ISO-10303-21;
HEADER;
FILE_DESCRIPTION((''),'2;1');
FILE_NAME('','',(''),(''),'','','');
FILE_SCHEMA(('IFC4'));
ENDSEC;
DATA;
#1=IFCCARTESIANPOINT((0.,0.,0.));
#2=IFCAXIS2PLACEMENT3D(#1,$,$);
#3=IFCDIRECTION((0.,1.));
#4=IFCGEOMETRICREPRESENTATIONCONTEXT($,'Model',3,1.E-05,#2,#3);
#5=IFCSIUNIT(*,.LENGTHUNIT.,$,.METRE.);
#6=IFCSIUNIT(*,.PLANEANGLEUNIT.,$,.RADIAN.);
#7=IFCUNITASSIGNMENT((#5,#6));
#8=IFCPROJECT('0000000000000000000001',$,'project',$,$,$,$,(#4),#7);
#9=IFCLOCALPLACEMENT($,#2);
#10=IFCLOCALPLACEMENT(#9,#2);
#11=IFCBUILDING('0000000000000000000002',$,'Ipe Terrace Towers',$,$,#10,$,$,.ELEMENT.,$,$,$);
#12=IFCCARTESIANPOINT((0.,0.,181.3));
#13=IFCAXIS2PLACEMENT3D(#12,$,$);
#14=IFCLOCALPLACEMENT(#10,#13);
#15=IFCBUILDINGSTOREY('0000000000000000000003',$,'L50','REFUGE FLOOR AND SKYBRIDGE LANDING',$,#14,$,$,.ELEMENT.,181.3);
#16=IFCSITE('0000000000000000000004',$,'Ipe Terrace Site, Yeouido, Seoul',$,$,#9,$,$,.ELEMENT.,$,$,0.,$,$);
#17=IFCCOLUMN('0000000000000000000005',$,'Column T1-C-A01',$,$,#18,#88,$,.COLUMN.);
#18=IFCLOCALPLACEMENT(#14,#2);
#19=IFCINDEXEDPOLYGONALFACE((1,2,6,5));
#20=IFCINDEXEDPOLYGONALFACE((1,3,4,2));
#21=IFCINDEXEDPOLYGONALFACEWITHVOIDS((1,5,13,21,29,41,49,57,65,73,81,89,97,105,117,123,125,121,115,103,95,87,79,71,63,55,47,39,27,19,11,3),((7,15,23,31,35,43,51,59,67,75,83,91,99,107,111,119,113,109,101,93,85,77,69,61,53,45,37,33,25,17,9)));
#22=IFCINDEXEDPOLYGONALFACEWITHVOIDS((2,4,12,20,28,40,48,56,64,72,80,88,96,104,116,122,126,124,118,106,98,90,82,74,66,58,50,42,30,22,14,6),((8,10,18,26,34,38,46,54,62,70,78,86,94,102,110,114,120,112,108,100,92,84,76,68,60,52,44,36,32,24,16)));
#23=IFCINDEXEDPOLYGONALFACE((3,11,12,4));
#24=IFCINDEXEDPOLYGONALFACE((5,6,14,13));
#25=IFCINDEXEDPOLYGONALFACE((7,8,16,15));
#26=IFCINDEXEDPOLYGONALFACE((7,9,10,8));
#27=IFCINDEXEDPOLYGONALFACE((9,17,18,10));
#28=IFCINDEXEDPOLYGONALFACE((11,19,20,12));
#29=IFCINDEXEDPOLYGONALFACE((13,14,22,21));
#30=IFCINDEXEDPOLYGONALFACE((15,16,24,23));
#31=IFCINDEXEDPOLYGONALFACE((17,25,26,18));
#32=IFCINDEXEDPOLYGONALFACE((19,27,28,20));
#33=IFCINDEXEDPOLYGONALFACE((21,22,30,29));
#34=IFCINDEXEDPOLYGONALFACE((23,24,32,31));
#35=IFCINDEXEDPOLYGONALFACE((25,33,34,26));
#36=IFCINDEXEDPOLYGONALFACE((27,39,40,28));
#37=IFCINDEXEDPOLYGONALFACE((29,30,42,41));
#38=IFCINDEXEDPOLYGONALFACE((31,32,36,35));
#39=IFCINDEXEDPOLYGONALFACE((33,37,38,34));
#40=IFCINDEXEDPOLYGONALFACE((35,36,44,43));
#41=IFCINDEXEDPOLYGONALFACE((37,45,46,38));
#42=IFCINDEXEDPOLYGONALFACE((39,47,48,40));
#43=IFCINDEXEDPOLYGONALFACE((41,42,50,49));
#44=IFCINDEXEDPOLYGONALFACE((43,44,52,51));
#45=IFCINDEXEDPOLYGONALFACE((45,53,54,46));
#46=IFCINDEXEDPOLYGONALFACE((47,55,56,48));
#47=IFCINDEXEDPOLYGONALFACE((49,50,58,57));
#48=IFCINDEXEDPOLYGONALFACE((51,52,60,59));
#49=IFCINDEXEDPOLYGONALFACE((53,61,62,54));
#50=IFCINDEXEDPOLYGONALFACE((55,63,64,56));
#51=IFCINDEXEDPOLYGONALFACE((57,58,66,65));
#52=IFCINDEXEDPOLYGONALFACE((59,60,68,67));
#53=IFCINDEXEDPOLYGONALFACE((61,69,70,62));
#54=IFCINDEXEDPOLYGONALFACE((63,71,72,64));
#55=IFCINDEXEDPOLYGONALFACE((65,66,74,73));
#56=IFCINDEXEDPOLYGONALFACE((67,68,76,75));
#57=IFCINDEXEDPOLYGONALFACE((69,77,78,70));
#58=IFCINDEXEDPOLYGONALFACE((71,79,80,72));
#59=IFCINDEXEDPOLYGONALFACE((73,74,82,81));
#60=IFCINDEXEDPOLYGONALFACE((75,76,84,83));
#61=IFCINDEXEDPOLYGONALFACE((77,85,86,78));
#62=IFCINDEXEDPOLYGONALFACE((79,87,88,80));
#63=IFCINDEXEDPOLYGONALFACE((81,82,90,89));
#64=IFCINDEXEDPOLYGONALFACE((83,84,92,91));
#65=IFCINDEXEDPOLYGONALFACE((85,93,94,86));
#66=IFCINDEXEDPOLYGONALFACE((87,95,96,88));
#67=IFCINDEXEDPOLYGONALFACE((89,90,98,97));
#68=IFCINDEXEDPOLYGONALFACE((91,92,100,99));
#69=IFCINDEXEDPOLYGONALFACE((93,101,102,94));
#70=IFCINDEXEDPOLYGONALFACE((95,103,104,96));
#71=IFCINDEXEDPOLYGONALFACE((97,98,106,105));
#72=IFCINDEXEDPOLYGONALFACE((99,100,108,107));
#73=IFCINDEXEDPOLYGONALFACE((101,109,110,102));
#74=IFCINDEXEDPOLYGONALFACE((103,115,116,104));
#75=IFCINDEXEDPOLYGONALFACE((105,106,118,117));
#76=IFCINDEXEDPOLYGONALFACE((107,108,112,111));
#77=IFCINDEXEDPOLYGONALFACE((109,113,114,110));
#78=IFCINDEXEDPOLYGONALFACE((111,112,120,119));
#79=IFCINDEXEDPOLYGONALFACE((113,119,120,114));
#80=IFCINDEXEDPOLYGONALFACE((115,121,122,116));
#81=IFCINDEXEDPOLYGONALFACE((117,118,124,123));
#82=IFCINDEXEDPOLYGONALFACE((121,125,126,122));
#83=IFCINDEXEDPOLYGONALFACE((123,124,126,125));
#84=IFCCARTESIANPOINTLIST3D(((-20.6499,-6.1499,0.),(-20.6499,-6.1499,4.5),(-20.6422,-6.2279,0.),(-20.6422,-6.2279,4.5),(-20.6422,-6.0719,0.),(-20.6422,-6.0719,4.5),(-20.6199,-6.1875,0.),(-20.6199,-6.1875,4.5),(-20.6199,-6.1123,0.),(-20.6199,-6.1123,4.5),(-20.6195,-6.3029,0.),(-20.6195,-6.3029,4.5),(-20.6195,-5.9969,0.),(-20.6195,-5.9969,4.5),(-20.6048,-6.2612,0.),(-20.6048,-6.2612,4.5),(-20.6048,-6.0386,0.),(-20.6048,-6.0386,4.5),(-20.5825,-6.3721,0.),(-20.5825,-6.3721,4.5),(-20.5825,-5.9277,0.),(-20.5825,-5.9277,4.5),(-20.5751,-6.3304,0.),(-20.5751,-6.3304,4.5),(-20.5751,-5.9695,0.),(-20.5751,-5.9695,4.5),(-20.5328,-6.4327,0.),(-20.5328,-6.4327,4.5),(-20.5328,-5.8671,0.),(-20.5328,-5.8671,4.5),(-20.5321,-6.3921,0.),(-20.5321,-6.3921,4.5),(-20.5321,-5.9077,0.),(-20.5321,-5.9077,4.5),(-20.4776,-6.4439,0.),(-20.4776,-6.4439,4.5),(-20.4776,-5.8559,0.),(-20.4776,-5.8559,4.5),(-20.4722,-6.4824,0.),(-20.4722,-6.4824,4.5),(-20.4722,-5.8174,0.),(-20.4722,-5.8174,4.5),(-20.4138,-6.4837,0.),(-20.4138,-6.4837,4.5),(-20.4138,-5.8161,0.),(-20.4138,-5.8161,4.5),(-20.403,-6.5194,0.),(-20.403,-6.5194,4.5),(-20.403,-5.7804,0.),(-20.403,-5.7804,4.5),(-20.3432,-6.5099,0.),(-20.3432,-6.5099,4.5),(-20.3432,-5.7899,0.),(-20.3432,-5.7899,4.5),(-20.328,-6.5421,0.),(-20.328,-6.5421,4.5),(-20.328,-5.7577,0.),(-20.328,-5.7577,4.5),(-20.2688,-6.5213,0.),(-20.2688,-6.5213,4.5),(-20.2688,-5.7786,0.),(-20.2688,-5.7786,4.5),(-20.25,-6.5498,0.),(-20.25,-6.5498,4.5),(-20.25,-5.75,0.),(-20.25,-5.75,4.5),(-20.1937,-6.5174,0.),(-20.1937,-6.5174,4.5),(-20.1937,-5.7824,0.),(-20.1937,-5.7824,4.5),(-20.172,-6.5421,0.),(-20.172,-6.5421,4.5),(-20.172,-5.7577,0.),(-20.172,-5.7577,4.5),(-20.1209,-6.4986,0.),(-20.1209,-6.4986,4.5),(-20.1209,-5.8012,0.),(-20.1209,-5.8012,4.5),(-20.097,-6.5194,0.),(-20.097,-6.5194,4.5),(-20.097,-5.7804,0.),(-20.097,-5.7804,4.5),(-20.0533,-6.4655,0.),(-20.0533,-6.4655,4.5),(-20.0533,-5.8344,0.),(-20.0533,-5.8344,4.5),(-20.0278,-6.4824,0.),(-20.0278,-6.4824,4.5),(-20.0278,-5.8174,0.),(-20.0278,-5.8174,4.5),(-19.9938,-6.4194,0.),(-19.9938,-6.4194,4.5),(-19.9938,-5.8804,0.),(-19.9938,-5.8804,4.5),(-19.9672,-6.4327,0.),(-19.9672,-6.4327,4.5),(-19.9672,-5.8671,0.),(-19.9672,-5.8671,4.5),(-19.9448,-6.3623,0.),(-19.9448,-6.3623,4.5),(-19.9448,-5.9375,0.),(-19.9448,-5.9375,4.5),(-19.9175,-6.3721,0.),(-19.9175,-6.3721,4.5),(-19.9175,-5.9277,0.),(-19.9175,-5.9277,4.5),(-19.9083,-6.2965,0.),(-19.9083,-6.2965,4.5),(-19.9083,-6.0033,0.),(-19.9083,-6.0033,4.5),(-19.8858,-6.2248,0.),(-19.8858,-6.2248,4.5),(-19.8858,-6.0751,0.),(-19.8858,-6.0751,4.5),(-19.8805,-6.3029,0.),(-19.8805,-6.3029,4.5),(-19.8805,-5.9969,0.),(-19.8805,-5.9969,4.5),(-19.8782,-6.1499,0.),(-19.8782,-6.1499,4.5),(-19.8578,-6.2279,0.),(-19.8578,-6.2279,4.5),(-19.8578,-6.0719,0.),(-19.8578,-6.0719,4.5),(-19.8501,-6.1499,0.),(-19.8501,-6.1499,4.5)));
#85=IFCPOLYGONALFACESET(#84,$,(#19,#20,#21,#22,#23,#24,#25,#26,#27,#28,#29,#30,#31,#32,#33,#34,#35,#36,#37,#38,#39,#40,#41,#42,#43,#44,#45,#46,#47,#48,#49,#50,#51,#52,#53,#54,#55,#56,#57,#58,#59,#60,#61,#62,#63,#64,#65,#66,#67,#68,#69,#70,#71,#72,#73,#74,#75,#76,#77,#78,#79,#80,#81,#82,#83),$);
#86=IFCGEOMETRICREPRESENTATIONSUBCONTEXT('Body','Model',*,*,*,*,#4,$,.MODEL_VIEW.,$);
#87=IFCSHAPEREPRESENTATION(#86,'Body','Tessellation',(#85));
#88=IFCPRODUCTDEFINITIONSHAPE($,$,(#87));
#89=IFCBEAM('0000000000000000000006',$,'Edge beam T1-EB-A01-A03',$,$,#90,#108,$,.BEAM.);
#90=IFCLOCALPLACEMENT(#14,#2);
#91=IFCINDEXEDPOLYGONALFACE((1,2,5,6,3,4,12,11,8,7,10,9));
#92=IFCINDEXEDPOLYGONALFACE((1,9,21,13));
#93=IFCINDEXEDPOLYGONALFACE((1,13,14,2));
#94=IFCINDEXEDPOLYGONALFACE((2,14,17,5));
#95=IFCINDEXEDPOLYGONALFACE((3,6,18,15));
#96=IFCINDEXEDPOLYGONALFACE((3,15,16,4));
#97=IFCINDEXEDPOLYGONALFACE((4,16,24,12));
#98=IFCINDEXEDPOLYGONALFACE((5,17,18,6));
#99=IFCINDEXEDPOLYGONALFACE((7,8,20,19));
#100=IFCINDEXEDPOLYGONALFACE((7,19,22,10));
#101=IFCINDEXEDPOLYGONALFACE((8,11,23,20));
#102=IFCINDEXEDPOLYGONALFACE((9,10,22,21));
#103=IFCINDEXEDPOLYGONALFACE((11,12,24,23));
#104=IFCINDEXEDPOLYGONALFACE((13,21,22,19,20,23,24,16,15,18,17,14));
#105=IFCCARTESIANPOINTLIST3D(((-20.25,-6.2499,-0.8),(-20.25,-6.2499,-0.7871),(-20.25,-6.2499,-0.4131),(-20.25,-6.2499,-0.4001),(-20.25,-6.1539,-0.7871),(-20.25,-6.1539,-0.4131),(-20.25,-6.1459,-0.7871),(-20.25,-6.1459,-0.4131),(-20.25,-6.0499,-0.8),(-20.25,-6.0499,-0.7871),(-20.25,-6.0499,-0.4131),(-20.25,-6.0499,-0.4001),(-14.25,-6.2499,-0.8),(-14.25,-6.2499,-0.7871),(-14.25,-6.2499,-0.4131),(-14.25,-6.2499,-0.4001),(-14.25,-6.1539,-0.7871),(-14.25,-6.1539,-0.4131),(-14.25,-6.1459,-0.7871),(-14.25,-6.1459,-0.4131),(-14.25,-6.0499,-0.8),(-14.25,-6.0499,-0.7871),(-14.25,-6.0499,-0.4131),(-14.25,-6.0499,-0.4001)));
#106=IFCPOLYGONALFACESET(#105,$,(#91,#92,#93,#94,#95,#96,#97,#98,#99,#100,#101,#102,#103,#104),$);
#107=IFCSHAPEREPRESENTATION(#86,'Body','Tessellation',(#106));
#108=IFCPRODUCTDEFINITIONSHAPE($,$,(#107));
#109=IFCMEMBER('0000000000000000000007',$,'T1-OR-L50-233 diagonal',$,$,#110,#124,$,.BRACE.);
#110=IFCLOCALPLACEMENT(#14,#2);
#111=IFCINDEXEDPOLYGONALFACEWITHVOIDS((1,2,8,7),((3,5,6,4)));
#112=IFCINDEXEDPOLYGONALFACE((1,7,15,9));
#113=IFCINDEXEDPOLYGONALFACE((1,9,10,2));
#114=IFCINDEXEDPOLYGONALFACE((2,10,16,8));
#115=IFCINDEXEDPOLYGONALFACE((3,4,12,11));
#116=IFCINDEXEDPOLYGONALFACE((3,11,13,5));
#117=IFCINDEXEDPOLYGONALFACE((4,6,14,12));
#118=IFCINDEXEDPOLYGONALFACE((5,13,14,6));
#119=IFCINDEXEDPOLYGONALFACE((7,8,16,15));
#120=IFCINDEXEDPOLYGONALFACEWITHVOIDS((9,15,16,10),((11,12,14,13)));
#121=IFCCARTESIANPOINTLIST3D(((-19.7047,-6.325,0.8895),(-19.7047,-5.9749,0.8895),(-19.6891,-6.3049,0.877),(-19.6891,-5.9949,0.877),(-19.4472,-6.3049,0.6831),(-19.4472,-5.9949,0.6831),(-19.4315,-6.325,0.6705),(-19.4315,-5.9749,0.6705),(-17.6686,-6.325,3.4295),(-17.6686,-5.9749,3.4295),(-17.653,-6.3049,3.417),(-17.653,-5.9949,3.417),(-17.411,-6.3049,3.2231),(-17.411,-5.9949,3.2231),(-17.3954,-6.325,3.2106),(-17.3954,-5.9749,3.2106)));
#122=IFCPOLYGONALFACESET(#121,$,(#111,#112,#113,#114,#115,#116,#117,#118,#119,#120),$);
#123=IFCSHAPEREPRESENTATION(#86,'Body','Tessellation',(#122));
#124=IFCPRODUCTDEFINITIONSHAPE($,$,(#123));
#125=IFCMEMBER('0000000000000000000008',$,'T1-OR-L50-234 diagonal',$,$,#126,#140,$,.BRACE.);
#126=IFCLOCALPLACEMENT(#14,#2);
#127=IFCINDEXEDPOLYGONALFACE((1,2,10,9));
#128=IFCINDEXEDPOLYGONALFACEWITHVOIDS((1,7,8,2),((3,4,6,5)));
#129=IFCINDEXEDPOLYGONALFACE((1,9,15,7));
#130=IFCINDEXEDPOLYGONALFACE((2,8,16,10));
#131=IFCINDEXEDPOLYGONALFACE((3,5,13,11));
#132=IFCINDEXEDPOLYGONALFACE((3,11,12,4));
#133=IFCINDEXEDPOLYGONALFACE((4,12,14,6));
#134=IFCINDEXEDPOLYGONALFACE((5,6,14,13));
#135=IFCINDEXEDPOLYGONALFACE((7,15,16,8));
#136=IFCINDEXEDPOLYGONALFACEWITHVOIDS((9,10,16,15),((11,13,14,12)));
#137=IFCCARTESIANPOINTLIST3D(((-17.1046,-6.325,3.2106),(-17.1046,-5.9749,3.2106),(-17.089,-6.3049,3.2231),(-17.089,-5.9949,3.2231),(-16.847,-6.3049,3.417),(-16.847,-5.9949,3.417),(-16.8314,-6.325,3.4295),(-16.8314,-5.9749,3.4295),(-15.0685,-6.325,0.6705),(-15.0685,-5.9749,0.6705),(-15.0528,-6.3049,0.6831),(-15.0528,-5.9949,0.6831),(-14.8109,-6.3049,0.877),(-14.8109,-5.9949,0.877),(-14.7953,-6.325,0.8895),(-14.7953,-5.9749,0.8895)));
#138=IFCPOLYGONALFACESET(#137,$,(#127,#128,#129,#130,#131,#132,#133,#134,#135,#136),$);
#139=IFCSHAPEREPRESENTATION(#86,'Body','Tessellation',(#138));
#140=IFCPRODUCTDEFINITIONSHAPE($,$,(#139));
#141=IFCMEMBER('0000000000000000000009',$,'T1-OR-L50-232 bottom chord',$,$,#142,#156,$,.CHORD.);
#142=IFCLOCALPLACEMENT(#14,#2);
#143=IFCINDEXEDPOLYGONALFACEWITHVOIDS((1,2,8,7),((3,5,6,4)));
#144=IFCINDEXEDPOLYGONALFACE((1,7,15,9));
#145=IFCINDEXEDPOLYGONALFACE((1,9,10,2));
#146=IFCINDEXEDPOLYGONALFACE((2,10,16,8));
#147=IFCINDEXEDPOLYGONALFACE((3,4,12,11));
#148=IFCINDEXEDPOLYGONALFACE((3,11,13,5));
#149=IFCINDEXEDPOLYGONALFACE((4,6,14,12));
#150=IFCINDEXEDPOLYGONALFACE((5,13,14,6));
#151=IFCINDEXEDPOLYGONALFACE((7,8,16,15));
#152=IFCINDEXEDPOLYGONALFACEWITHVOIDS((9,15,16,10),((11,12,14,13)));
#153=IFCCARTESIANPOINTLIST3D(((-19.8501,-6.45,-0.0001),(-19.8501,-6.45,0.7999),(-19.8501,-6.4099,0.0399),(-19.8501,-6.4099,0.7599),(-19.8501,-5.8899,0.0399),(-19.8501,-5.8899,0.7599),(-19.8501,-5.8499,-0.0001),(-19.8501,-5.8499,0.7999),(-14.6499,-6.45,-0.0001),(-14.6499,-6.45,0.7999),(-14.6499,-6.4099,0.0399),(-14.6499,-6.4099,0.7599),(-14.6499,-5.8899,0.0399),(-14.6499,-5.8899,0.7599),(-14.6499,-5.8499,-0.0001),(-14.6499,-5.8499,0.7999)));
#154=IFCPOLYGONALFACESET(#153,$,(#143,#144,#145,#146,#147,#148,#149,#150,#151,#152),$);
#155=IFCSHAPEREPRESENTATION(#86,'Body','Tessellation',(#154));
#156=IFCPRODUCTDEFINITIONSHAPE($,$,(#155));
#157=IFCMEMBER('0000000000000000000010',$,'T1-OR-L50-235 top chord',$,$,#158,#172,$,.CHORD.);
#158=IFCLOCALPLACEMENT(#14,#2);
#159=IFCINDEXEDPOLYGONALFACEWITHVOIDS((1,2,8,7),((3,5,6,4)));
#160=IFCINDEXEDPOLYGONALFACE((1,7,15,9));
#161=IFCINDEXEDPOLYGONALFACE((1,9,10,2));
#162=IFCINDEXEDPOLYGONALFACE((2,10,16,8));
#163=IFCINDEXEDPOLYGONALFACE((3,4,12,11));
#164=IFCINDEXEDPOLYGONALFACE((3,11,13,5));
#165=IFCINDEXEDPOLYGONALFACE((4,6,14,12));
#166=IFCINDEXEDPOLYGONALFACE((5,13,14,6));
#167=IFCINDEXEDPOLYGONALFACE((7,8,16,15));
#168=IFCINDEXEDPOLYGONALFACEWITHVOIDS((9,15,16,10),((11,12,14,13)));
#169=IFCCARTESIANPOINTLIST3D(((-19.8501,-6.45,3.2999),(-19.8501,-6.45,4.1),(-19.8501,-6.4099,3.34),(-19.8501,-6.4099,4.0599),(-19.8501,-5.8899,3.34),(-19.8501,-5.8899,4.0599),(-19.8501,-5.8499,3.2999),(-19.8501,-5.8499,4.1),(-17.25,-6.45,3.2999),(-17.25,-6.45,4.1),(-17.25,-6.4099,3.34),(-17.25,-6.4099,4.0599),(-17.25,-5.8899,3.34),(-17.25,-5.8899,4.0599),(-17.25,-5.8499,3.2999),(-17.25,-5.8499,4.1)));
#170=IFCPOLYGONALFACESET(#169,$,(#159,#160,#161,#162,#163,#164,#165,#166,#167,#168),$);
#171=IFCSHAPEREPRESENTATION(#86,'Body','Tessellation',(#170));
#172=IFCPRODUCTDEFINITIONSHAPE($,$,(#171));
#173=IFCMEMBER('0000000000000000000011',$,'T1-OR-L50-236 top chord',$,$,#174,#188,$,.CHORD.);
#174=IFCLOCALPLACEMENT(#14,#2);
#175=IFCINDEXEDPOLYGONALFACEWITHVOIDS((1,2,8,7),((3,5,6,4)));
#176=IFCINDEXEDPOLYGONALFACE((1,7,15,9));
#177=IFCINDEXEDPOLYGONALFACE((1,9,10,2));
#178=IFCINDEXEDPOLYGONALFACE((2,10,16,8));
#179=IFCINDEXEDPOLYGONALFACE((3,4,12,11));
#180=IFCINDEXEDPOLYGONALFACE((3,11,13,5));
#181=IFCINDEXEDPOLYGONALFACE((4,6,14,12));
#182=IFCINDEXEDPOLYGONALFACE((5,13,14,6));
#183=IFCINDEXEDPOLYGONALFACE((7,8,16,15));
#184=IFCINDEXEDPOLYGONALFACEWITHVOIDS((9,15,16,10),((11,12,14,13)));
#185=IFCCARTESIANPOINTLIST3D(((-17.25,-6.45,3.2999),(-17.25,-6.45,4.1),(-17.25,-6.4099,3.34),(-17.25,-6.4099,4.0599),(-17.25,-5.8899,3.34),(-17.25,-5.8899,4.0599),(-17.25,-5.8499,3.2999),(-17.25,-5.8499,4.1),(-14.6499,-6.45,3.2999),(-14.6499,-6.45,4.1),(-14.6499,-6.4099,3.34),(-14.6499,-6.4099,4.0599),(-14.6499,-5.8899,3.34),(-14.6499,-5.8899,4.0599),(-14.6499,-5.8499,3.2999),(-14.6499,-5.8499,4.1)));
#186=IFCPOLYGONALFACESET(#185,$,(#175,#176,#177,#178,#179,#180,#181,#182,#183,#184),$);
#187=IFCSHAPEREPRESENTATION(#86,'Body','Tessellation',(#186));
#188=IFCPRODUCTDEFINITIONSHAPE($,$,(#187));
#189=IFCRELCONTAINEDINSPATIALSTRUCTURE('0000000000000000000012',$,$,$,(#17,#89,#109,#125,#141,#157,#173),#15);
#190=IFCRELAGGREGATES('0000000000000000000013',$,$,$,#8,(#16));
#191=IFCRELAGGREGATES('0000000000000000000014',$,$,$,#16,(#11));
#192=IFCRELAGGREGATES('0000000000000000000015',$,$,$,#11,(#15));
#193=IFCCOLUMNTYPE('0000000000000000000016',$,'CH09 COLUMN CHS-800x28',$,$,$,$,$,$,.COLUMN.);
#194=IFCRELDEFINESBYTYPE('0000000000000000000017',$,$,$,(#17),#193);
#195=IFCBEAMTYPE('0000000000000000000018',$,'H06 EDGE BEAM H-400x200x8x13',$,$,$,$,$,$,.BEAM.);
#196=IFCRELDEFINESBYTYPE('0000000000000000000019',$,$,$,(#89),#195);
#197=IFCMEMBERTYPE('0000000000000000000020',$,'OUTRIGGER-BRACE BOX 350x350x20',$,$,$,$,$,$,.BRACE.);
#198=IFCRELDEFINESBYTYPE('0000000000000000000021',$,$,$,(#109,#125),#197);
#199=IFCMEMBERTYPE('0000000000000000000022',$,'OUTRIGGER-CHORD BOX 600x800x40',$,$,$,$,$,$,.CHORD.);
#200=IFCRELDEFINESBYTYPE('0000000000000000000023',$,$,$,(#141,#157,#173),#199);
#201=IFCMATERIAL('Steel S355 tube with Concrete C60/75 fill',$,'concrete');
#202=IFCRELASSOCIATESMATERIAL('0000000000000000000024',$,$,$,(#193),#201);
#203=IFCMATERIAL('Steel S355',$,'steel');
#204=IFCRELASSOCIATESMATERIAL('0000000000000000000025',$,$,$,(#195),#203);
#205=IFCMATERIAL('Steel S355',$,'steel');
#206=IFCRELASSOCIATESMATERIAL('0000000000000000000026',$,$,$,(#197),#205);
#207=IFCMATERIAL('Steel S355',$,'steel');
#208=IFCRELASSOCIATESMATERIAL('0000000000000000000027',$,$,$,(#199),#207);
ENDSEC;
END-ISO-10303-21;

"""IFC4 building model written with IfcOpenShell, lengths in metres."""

from ifc_helpers import new_model, si_unit, direction, frame, origin, origin_2d, place, context, subcontext, project, spatial, hollow_rectangle, hollow_circle, i_section, extrude, material, material_profile, profile_set, type_object, element, save


model = new_model("IFC4")

# Units and contexts
model_context = context("Model", 3, precision=1e-05, world=origin(), true_north=direction((0.0, 1.0)))
body_context = subcontext(model_context, "Body", "Model", "MODEL_VIEW")
ifc_project = project(units=[si_unit("LENGTHUNIT", "METRE"), si_unit("PLANEANGLEUNIT", "RADIAN")], contexts=[model_context])

# Site, building, storey
site_placement = place(None, origin())
site = spatial("IfcSite", under=ifc_project, at=site_placement, Name="Ipe Terrace Site, Yeouido, Seoul", CompositionType="ELEMENT", RefElevation=0.0)
building_placement = place(site_placement, origin())
building = spatial("IfcBuilding", under=site, at=building_placement, Name="Ipe Terrace Towers", CompositionType="ELEMENT")
storey_placement = place(building_placement, frame((0.0, 0.0, 181.3)))
storey = spatial("IfcBuildingStorey", under=building, at=storey_placement, Name="L50", Description="REFUGE FLOOR AND SKYBRIDGE LANDING", CompositionType="ELEMENT", Elevation=181.3)

# Column
ifc_material_1 = material(Name="Steel S355 tube with Concrete C60/75 fill", Category="concrete")
ifc_material_profile_1 = material_profile(ifc_material_1, hollow_circle(Radius=0.3999, WallThickness=0.0281, at=origin_2d()), Name="CHS-800x28")
ifc_profile_set_1 = profile_set([ifc_material_profile_1], Name="Steel S355 tube with Concrete C60/75 fill")
column_type = type_object("IfcColumnType", Name="CH09 COLUMN CHS-800x28", PredefinedType="COLUMN", material=ifc_profile_set_1)
column_placement = place(storey_placement, frame((-20.25, -6.1499, 0.0), z_axis=(0.0, 0.0, 1.0), x_axis=(1.0, 0.0, 0.0)))
element("IfcColumn", 1, at=column_placement, inside=storey, type_object=column_type, Name="Column T1-C-A01", PredefinedType="COLUMN", context=body_context, shape_type="SweptSolid", body=[
    extrude(hollow_circle(Radius=0.3999, WallThickness=0.0281, at=origin_2d()), origin(), (0.0, 0.0, 1.0), 4.5),
])

# Beam
ifc_material_2 = material(Name="Steel S355", Category="steel")
ifc_material_profile_2 = material_profile(ifc_material_2, i_section(OverallWidth=0.2, OverallDepth=0.3999, WebThickness=0.0081, FlangeThickness=0.0129, at=origin_2d()), Name="H-400x200x8x13")
ifc_profile_set_2 = profile_set([ifc_material_profile_2], Name="Steel S355")
beam_type = type_object("IfcBeamType", Name="H06 EDGE BEAM H-400x200x8x13", PredefinedType="BEAM", material=ifc_profile_set_2)
beam_placement = place(storey_placement, frame((-20.25, -6.1499, -0.6001), z_axis=(1.0, 0.0, 0.0), x_axis=(0.0, 1.0, 0.0)))
element("IfcBeam", 2, at=beam_placement, inside=storey, type_object=beam_type, Name="Edge beam T1-EB-A01-A03", PredefinedType="BEAM", context=body_context, shape_type="SweptSolid", body=[
    extrude(i_section(OverallWidth=0.2, OverallDepth=0.3999, WebThickness=0.0081, FlangeThickness=0.0129, at=origin_2d()), origin(), (0.0, 0.0, 1.0), 6.0),
])

# Members
ifc_material_3 = material(Name="Steel S355", Category="steel")
ifc_material_profile_3 = material_profile(ifc_material_3, hollow_rectangle(XDim=0.3501, YDim=0.3501, WallThickness=0.02, at=origin_2d()), Name="OUTRIGGER-BRACE BOX 350x350x20")
ifc_profile_set_3 = profile_set([ifc_material_profile_3], Name="Steel S355")
member_type_1 = type_object("IfcMemberType", Name="OUTRIGGER-BRACE BOX 350x350x20", PredefinedType="BRACE", material=ifc_profile_set_3)
for number, where, z_axis, x_axis, name in (
    (3, (-19.5681, -6.1499, 0.78), (0.625463, 0.0, 0.780254), (0.0, 1.0, 0.0), "T1-OR-L50-233 diagonal"),
    (4, (-14.9319, -6.1499, 0.78), (-0.625463, 0.0, 0.780254), (0.0, -1.0, 0.0), "T1-OR-L50-234 diagonal"),
):
    element("IfcMember", number, at=place(storey_placement, frame(where, z_axis=z_axis, x_axis=x_axis)), inside=storey, type_object=member_type_1, Name=name, PredefinedType="BRACE", context=body_context, shape_type="SweptSolid", body=[
        extrude(hollow_rectangle(XDim=0.3501, YDim=0.3501, WallThickness=0.02, at=origin_2d()), origin(), (0.0, 0.0, 1.0), 3.2554),
    ])
ifc_material_4 = material(Name="Steel S355", Category="steel")
ifc_material_profile_4 = material_profile(ifc_material_4, hollow_rectangle(XDim=0.6001, YDim=0.8, WallThickness=0.04, at=origin_2d()), Name="OUTRIGGER-CHORD BOX 600x800x40")
ifc_profile_set_4 = profile_set([ifc_material_profile_4], Name="Steel S355")
member_type_2 = type_object("IfcMemberType", Name="OUTRIGGER-CHORD BOX 600x800x40", PredefinedType="CHORD", material=ifc_profile_set_4)
member_1_placement = place(storey_placement, frame((-19.8501, -6.1499, 0.3999), z_axis=(1.0, 0.0, 0.0), x_axis=(0.0, 1.0, 0.0)))
element("IfcMember", 5, at=member_1_placement, inside=storey, type_object=member_type_2, Name="T1-OR-L50-232 bottom chord", PredefinedType="CHORD", context=body_context, shape_type="SweptSolid", body=[
    extrude(hollow_rectangle(XDim=0.6001, YDim=0.8, WallThickness=0.04, at=origin_2d()), origin(), (0.0, 0.0, 1.0), 5.2002),
])
for number, where, z_axis, x_axis, name in (
    (6, (-19.8501, -6.1499, 3.7), (1.0, 0.0, 0.0), (0.0, 1.0, 0.0), "T1-OR-L50-235 top chord"),
    (7, (-17.25, -6.1499, 3.7), (1.0, 0.0, 0.0), (0.0, 1.0, 0.0), "T1-OR-L50-236 top chord"),
):
    element("IfcMember", number, at=place(storey_placement, frame(where, z_axis=z_axis, x_axis=x_axis)), inside=storey, type_object=member_type_2, Name=name, PredefinedType="CHORD", context=body_context, shape_type="SweptSolid", body=[
        extrude(hollow_rectangle(XDim=0.6001, YDim=0.8, WallThickness=0.04, at=origin_2d()), origin(), (0.0, 0.0, 1.0), 2.6001),
    ])

save(model, "model.ifc")
